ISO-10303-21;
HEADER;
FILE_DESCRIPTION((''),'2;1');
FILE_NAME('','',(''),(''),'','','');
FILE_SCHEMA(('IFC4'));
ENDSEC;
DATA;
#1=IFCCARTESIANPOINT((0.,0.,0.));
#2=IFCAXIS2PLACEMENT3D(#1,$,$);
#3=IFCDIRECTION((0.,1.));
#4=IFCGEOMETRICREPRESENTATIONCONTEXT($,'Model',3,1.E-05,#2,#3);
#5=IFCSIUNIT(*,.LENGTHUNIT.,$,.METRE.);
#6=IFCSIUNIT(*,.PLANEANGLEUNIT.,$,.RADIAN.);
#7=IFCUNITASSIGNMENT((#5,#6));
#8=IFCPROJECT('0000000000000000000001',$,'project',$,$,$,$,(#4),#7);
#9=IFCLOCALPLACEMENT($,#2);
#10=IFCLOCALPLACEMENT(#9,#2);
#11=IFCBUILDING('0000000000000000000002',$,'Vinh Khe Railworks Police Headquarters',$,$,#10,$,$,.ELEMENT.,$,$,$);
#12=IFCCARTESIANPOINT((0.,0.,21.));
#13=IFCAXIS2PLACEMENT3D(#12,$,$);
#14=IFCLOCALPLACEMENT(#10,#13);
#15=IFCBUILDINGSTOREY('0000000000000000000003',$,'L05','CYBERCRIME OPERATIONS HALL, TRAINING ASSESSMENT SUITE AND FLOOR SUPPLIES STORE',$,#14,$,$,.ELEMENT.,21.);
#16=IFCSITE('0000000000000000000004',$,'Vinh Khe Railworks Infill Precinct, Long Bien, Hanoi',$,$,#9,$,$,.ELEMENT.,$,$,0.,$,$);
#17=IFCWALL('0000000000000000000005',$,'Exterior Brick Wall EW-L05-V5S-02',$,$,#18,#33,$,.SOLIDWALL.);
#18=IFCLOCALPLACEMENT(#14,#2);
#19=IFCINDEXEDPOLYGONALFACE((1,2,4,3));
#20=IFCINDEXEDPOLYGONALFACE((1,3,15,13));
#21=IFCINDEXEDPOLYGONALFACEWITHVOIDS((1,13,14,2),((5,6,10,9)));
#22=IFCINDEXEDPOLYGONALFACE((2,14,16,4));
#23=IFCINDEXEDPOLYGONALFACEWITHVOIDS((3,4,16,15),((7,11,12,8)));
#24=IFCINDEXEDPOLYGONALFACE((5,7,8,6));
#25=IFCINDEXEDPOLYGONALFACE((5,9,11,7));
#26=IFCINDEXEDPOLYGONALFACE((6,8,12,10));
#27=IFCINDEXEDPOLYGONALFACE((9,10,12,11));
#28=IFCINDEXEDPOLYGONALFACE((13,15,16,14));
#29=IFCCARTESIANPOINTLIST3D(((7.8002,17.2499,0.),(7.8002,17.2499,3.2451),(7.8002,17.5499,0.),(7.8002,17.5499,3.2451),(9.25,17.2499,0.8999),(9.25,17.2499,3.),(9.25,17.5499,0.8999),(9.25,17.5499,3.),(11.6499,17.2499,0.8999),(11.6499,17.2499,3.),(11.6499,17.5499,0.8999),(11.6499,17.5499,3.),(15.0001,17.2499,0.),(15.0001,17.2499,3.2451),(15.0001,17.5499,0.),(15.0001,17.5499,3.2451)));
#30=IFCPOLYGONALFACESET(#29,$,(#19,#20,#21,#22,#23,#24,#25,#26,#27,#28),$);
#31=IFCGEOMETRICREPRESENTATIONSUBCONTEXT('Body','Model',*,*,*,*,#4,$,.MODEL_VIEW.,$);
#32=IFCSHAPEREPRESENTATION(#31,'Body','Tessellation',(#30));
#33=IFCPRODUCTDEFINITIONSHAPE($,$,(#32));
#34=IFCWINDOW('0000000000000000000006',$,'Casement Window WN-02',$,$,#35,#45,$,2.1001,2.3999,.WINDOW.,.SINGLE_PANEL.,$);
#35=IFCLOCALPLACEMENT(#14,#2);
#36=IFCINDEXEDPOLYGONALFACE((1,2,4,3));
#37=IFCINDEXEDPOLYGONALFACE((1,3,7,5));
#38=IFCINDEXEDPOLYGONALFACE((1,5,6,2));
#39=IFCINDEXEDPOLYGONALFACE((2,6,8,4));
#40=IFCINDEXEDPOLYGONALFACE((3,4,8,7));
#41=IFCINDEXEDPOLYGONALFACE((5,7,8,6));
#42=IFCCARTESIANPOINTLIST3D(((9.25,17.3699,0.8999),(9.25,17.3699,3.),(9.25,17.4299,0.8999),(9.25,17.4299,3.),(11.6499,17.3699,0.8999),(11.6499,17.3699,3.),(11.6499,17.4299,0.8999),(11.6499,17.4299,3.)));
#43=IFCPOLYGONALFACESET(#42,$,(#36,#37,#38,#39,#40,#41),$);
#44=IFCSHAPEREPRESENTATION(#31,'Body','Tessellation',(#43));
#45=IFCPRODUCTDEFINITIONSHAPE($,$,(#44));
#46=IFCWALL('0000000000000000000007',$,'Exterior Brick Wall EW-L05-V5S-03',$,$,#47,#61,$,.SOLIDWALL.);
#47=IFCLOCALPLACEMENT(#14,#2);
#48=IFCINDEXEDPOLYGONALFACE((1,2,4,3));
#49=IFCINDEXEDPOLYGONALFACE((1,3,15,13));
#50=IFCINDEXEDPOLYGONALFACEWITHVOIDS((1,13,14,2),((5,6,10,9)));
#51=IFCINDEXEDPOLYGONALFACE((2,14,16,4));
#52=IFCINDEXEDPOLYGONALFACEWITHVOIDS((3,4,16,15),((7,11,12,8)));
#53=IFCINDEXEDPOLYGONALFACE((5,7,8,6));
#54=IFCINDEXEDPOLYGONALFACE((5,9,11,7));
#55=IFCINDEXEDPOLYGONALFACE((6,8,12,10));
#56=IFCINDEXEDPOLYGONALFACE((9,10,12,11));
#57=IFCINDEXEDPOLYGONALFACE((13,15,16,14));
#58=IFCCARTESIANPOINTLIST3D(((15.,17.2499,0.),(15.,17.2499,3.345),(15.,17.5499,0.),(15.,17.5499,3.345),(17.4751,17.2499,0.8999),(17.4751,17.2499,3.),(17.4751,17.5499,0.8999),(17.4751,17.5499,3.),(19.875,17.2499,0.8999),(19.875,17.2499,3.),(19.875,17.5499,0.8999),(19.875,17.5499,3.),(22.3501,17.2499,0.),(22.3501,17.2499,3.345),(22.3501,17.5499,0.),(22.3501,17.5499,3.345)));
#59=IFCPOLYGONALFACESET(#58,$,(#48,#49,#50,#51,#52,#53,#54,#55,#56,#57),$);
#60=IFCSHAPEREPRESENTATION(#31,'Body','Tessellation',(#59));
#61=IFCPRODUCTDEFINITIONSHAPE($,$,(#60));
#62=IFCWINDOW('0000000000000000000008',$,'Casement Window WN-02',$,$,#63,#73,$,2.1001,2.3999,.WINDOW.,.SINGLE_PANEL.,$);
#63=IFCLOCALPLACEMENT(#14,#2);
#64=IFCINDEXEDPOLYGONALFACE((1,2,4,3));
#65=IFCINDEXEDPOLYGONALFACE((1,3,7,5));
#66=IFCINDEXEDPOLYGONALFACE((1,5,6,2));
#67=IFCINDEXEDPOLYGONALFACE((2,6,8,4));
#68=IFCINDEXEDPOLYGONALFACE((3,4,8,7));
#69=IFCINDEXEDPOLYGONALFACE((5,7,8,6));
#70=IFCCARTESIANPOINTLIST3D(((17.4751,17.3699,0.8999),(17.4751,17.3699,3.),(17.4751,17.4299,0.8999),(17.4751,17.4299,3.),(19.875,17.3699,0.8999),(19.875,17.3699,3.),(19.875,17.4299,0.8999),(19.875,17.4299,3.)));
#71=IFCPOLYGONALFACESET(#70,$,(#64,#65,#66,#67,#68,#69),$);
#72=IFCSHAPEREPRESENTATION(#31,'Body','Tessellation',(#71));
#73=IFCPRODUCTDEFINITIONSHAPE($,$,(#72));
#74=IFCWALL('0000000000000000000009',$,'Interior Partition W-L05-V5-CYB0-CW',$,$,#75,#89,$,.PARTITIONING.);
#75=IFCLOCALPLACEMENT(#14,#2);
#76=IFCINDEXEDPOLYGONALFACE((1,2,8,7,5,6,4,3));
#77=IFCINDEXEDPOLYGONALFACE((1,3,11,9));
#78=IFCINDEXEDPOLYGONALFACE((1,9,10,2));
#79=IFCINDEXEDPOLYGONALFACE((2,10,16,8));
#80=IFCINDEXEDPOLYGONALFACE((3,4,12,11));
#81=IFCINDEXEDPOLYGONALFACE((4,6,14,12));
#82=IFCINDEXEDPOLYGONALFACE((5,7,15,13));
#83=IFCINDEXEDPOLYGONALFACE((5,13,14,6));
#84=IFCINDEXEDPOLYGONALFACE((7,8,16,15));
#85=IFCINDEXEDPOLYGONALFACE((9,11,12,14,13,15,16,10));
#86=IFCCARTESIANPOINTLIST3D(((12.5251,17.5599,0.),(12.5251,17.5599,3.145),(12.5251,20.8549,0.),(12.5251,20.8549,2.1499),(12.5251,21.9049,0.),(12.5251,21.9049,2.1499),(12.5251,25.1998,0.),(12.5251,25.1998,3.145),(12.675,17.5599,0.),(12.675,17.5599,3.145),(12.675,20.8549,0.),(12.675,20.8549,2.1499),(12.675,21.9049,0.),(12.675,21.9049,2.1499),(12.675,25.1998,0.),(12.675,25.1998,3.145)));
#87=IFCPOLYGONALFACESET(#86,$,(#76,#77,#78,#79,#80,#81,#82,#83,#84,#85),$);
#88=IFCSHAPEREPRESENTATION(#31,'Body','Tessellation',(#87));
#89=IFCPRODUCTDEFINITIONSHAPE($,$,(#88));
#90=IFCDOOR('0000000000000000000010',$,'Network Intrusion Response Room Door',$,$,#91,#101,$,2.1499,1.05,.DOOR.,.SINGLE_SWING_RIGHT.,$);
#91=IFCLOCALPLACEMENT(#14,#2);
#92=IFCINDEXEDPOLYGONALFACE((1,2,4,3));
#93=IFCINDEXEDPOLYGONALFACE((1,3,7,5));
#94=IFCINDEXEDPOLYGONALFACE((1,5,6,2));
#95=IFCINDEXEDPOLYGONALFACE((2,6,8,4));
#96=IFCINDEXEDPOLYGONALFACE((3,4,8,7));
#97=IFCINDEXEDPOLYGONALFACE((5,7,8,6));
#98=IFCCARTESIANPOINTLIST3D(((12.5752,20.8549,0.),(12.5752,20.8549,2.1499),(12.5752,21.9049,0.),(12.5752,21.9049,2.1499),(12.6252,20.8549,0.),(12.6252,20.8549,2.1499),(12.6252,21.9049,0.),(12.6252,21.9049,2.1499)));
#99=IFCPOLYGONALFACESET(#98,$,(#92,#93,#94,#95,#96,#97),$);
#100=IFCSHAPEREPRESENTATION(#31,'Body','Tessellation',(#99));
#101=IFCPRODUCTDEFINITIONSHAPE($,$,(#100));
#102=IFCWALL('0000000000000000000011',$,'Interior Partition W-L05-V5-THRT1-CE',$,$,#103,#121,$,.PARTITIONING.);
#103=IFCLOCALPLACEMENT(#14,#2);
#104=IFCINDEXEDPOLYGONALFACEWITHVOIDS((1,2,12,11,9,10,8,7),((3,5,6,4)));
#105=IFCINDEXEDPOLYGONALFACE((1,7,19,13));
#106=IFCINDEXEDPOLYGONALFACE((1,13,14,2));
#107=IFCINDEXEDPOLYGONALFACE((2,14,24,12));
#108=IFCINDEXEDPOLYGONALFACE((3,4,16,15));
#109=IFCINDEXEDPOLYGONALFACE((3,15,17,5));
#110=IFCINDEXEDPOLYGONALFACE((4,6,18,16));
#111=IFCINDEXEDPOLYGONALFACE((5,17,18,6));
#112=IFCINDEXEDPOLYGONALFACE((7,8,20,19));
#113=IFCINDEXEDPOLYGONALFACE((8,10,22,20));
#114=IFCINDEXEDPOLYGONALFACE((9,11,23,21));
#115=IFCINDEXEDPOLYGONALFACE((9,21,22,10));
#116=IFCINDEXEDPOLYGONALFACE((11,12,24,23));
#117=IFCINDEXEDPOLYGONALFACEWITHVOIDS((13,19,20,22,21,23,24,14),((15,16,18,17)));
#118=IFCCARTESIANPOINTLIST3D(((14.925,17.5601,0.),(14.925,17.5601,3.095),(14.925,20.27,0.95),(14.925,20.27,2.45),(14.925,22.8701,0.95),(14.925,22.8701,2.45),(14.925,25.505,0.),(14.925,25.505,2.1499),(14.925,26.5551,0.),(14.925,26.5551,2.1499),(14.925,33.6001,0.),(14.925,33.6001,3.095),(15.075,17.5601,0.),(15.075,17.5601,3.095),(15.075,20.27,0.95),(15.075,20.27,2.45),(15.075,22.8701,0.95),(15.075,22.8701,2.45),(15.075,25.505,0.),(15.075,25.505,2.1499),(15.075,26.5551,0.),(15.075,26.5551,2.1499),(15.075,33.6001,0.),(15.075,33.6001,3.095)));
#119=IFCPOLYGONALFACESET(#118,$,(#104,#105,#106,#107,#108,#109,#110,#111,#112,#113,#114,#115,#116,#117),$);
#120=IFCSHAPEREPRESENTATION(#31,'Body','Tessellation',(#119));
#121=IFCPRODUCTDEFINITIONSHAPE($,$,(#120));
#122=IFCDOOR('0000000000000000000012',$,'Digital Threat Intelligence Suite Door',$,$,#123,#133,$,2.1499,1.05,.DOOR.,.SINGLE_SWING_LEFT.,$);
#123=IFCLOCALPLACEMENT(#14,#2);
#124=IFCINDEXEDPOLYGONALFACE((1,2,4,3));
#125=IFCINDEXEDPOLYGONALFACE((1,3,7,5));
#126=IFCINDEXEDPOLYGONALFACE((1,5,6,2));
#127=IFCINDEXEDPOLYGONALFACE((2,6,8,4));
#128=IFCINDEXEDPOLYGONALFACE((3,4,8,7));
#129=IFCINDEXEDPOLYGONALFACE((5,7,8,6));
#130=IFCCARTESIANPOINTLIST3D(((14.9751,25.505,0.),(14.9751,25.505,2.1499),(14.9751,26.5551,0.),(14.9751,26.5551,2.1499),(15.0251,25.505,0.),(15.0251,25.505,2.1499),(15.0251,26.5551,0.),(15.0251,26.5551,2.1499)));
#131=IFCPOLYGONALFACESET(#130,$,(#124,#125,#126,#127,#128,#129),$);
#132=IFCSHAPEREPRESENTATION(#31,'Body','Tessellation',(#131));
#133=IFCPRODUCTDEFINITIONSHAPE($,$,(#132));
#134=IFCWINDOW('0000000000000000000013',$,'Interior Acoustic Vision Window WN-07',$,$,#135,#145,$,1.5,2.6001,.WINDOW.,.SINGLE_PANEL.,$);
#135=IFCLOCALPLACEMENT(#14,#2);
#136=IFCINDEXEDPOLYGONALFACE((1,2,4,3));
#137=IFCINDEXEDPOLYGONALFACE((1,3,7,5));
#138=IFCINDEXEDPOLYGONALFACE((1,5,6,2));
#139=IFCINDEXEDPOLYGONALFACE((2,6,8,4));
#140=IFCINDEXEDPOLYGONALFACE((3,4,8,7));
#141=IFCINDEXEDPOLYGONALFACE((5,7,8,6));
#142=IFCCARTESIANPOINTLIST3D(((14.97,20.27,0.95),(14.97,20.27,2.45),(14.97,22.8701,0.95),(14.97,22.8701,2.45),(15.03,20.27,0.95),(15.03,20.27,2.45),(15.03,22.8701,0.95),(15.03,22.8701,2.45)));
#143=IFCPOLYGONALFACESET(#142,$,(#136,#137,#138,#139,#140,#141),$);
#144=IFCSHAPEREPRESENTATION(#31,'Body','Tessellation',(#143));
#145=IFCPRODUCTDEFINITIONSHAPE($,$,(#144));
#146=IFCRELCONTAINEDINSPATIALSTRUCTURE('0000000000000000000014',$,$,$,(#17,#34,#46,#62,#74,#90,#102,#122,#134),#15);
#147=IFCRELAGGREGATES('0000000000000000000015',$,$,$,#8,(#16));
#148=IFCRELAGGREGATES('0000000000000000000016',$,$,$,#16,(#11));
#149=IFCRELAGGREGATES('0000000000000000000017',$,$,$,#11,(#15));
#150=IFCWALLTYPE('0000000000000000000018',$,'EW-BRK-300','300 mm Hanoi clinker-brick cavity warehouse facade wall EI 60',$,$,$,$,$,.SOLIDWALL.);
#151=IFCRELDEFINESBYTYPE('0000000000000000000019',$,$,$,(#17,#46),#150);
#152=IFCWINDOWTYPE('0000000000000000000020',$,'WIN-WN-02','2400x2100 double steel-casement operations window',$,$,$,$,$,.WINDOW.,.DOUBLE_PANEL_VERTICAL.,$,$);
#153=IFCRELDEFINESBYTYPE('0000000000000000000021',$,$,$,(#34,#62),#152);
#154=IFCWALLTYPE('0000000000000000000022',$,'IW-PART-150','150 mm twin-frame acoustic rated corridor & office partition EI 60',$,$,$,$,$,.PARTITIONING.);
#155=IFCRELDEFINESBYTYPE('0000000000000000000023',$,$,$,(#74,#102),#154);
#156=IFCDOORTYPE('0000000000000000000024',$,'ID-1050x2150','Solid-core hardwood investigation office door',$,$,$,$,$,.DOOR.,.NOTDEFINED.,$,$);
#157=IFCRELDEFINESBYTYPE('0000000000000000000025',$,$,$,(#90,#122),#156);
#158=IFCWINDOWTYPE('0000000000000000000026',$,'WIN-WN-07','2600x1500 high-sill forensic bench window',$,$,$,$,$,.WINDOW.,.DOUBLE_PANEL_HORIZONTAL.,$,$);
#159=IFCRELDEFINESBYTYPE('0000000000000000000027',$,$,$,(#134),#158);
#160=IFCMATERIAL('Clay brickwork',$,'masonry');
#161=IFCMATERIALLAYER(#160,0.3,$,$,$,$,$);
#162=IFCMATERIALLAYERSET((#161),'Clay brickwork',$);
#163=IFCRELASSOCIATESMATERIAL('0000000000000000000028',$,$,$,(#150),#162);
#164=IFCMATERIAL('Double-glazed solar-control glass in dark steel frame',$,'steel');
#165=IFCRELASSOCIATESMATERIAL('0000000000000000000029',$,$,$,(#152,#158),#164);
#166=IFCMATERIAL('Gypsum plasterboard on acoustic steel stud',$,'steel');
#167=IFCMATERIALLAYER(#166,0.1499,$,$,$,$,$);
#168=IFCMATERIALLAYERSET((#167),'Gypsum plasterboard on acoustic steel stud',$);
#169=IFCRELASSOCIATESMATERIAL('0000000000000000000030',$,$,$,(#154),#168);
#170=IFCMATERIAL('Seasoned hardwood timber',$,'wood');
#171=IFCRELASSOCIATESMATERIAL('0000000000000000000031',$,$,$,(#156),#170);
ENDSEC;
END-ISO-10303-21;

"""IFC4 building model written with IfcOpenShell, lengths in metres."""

from ifc_helpers import new_model, si_unit, direction, frame, frame_2d, origin, place, context, subcontext, project, spatial, rectangle, extrude, material, layer, layer_set, type_object, element, fill, save


model = new_model("IFC4")

# Units and contexts
model_context = context("Model", 3, precision=1e-05, world=origin(), true_north=direction((0.0, 1.0)))
body_context = subcontext(model_context, "Body", "Model", "MODEL_VIEW")
ifc_project = project(units=[si_unit("LENGTHUNIT", "METRE"), si_unit("PLANEANGLEUNIT", "RADIAN")], contexts=[model_context])

# Site, building, storey
site_placement = place(None, origin())
site = spatial("IfcSite", under=ifc_project, at=site_placement, Name="Vinh Khe Railworks Infill Precinct, Long Bien, Hanoi", CompositionType="ELEMENT", RefElevation=0.0)
building_placement = place(site_placement, origin())
building = spatial("IfcBuilding", under=site, at=building_placement, Name="Vinh Khe Railworks Police Headquarters", CompositionType="ELEMENT")
storey_placement = place(building_placement, frame((0.0, 0.0, 21.0)))
storey = spatial("IfcBuildingStorey", under=building, at=storey_placement, Name="L05", Description="CYBERCRIME OPERATIONS HALL, TRAINING ASSESSMENT SUITE AND FLOOR SUPPLIES STORE", CompositionType="ELEMENT", Elevation=21.0)

# Shared definitions
ifc_material_1 = material(Name="Clay brickwork", Category="masonry")
ifc_material_2 = material(Name="Double-glazed solar-control glass in dark steel frame", Category="steel")

# Walls, openings, windows
ifc_layer_1 = layer(ifc_material_1, 0.3)
ifc_layer_set_1 = layer_set([ifc_layer_1], Name="Clay brickwork")
wall_type_1 = type_object("IfcWallType", Name="EW-BRK-300", Description="300 mm Hanoi clinker-brick cavity warehouse facade wall EI 60", PredefinedType="SOLIDWALL", material=ifc_layer_set_1)
wall_1_placement = place(storey_placement, frame((7.8, 17.3999, 0.0), z_axis=(0.0, 0.0, 1.0), x_axis=(1.0, 0.0, 0.0)))
wall_1 = element("IfcWall", 1, at=wall_1_placement, inside=storey, type_object=wall_type_1, Name="Exterior Brick Wall EW-L05-V5S-02", PredefinedType="SOLIDWALL", context=body_context, shape_type="SweptSolid", body=[
    extrude(rectangle(XDim=7.2, YDim=0.3, at=frame_2d((3.6001, 0.0))), origin(), (0.0, 0.0, 1.0), 3.2451),
])
opening_1_placement = place(wall_1_placement, frame((1.45, 0.0, 0.8999)))
opening_1 = element("IfcOpeningElement", 2, at=opening_1_placement, cuts=wall_1, PredefinedType="OPENING", context=body_context, shape_type="SweptSolid", body=[
    extrude(rectangle(XDim=2.3999, YDim=2.1001, at=frame_2d((1.2, 1.05))), frame((0.0, 0.165, 0.0), z_axis=(0.0, -1.0, 0.0), x_axis=(1.0, 0.0, 0.0)), (0.0, 0.0, 1.0), 0.3298),
])
window_type_1 = type_object("IfcWindowType", Name="WIN-WN-02", Description="2400x2100 double steel-casement operations window", PartitioningType="DOUBLE_PANEL_VERTICAL", PredefinedType="WINDOW", material=ifc_material_2)
window_1_placement = place(opening_1_placement, origin())
window_1 = element("IfcWindow", 3, at=window_1_placement, inside=storey, type_object=window_type_1, Name="Casement Window WN-02", OverallHeight=2.1001, OverallWidth=2.3999, PartitioningType="SINGLE_PANEL", PredefinedType="WINDOW", context=body_context, shape_type="SweptSolid", body=[
    extrude(rectangle(XDim=2.3999, YDim=2.1001, at=frame_2d((1.2, 1.05))), frame((0.0, 0.03, 0.0), z_axis=(0.0, -1.0, 0.0), x_axis=(1.0, 0.0, 0.0)), (0.0, 0.0, 1.0), 0.0601),
])
fill(opening_1, window_1)
wall_2_placement = place(storey_placement, frame((15.0, 17.3999, 0.0), z_axis=(0.0, 0.0, 1.0), x_axis=(1.0, 0.0, 0.0)))
wall_2 = element("IfcWall", 4, at=wall_2_placement, inside=storey, type_object=wall_type_1, Name="Exterior Brick Wall EW-L05-V5S-03", PredefinedType="SOLIDWALL", context=body_context, shape_type="SweptSolid", body=[
    extrude(rectangle(XDim=7.3501, YDim=0.3, at=frame_2d((3.675, 0.0))), origin(), (0.0, 0.0, 1.0), 3.345),
])
opening_2_placement = place(wall_2_placement, frame((2.4751, 0.0, 0.8999)))
opening_2 = element("IfcOpeningElement", 5, at=opening_2_placement, cuts=wall_2, PredefinedType="OPENING", context=body_context, shape_type="SweptSolid", body=[
    extrude(rectangle(XDim=2.3999, YDim=2.1001, at=frame_2d((1.2, 1.05))), frame((0.0, 0.165, 0.0), z_axis=(0.0, -1.0, 0.0), x_axis=(1.0, 0.0, 0.0)), (0.0, 0.0, 1.0), 0.3298),
])
window_2_placement = place(opening_2_placement, origin())
window_2 = element("IfcWindow", 6, at=window_2_placement, inside=storey, type_object=window_type_1, Name="Casement Window WN-02", OverallHeight=2.1001, OverallWidth=2.3999, PartitioningType="SINGLE_PANEL", PredefinedType="WINDOW", context=body_context, shape_type="SweptSolid", body=[
    extrude(rectangle(XDim=2.3999, YDim=2.1001, at=frame_2d((1.2, 1.05))), frame((0.0, 0.03, 0.0), z_axis=(0.0, -1.0, 0.0), x_axis=(1.0, 0.0, 0.0)), (0.0, 0.0, 1.0), 0.0601),
])
fill(opening_2, window_2)

# Wall, opening, door
ifc_material_3 = material(Name="Gypsum plasterboard on acoustic steel stud", Category="steel")
ifc_layer_2 = layer(ifc_material_3, 0.1499)
ifc_layer_set_2 = layer_set([ifc_layer_2], Name="Gypsum plasterboard on acoustic steel stud")
wall_type_2 = type_object("IfcWallType", Name="IW-PART-150", Description="150 mm twin-frame acoustic rated corridor & office partition EI 60", PredefinedType="PARTITIONING", material=ifc_layer_set_2)
wall_3_placement = place(storey_placement, frame((12.6001, 17.5601, 0.0), z_axis=(0.0, 0.0, 1.0), x_axis=(0.0, 1.0, 0.0)))
wall_3 = element("IfcWall", 7, at=wall_3_placement, inside=storey, type_object=wall_type_2, Name="Interior Partition W-L05-V5-CYB0-CW", PredefinedType="PARTITIONING", context=body_context, shape_type="SweptSolid", body=[
    extrude(rectangle(XDim=7.6399, YDim=0.1499, at=frame_2d((3.8198, 0.0))), origin(), (0.0, 0.0, 1.0), 3.145),
])
opening_3_placement = place(wall_3_placement, frame((3.2949, 0.0, 0.0)))
opening_3 = element("IfcOpeningElement", 8, at=opening_3_placement, cuts=wall_3, PredefinedType="OPENING", context=body_context, shape_type="SweptSolid", body=[
    extrude(rectangle(XDim=1.05, YDim=2.1499, at=frame_2d((0.5249, 1.075))), frame((0.0, 0.0898, 0.0), z_axis=(0.0, -1.0, 0.0), x_axis=(1.0, 0.0, 0.0)), (0.0, 0.0, 1.0), 0.1797),
])
ifc_material_4 = material(Name="Seasoned hardwood timber", Category="wood")
door_type = type_object("IfcDoorType", Name="ID-1050x2150", Description="Solid-core hardwood investigation office door", OperationType="NOTDEFINED", PredefinedType="DOOR", material=ifc_material_4)
door_1_placement = place(opening_3_placement, origin())
door_1 = element("IfcDoor", 9, at=door_1_placement, inside=storey, type_object=door_type, Name="Network Intrusion Response Room Door", OperationType="SINGLE_SWING_RIGHT", OverallHeight=2.1499, OverallWidth=1.05, PredefinedType="DOOR", context=body_context, shape_type="SweptSolid", body=[
    extrude(rectangle(XDim=1.05, YDim=2.1499, at=frame_2d((0.5249, 1.075))), frame((0.0, 0.0249, 0.0), z_axis=(0.0, -1.0, 0.0), x_axis=(1.0, 0.0, 0.0)), (0.0, 0.0, 1.0), 0.05),
])
fill(opening_3, door_1)

# Wall, openings, door, window
wall_4_placement = place(storey_placement, frame((15.0, 17.5601, 0.0), z_axis=(0.0, 0.0, 1.0), x_axis=(0.0, 1.0, 0.0)))
wall_4 = element("IfcWall", 10, at=wall_4_placement, inside=storey, type_object=wall_type_2, Name="Interior Partition W-L05-V5-THRT1-CE", PredefinedType="PARTITIONING", context=body_context, shape_type="SweptSolid", body=[
    extrude(rectangle(XDim=16.04, YDim=0.1499, at=frame_2d((8.02, 0.0))), origin(), (0.0, 0.0, 1.0), 3.095),
])
opening_4_placement = place(wall_4_placement, frame((7.9451, 0.0, 0.0)))
opening_4 = element("IfcOpeningElement", 11, at=opening_4_placement, cuts=wall_4, PredefinedType="OPENING", context=body_context, shape_type="SweptSolid", body=[
    extrude(rectangle(XDim=1.05, YDim=2.1499, at=frame_2d((0.5249, 1.075))), frame((0.0, 0.0898, 0.0), z_axis=(0.0, -1.0, 0.0), x_axis=(1.0, 0.0, 0.0)), (0.0, 0.0, 1.0), 0.1797),
])
opening_5_placement = place(wall_4_placement, frame((2.71, 0.0, 0.95)))
opening_5 = element("IfcOpeningElement", 12, at=opening_5_placement, cuts=wall_4, PredefinedType="OPENING", context=body_context, shape_type="SweptSolid", body=[
    extrude(rectangle(XDim=2.6001, YDim=1.5, at=frame_2d((1.3, 0.75))), frame((0.0, 0.0898, 0.0), z_axis=(0.0, -1.0, 0.0), x_axis=(1.0, 0.0, 0.0)), (0.0, 0.0, 1.0), 0.1797),
])
door_2_placement = place(opening_4_placement, origin())
door_2 = element("IfcDoor", 13, at=door_2_placement, inside=storey, type_object=door_type, Name="Digital Threat Intelligence Suite Door", OperationType="SINGLE_SWING_LEFT", OverallHeight=2.1499, OverallWidth=1.05, PredefinedType="DOOR", context=body_context, shape_type="SweptSolid", body=[
    extrude(rectangle(XDim=1.05, YDim=2.1499, at=frame_2d((0.5249, 1.075))), frame((0.0, 0.0249, 0.0), z_axis=(0.0, -1.0, 0.0), x_axis=(1.0, 0.0, 0.0)), (0.0, 0.0, 1.0), 0.05),
])
fill(opening_4, door_2)
window_type_2 = type_object("IfcWindowType", Name="WIN-WN-07", Description="2600x1500 high-sill forensic bench window", PartitioningType="DOUBLE_PANEL_HORIZONTAL", PredefinedType="WINDOW", material=ifc_material_2)
window_3_placement = place(opening_5_placement, origin())
window_3 = element("IfcWindow", 14, at=window_3_placement, inside=storey, type_object=window_type_2, Name="Interior Acoustic Vision Window WN-07", OverallHeight=1.5, OverallWidth=2.6001, PartitioningType="SINGLE_PANEL", PredefinedType="WINDOW", context=body_context, shape_type="SweptSolid", body=[
    extrude(rectangle(XDim=2.6001, YDim=1.5, at=frame_2d((1.3, 0.75))), frame((0.0, 0.03, 0.0), z_axis=(0.0, -1.0, 0.0), x_axis=(1.0, 0.0, 0.0)), (0.0, 0.0, 1.0), 0.0601),
])
fill(opening_5, window_3)

save(model, "model.ifc")
